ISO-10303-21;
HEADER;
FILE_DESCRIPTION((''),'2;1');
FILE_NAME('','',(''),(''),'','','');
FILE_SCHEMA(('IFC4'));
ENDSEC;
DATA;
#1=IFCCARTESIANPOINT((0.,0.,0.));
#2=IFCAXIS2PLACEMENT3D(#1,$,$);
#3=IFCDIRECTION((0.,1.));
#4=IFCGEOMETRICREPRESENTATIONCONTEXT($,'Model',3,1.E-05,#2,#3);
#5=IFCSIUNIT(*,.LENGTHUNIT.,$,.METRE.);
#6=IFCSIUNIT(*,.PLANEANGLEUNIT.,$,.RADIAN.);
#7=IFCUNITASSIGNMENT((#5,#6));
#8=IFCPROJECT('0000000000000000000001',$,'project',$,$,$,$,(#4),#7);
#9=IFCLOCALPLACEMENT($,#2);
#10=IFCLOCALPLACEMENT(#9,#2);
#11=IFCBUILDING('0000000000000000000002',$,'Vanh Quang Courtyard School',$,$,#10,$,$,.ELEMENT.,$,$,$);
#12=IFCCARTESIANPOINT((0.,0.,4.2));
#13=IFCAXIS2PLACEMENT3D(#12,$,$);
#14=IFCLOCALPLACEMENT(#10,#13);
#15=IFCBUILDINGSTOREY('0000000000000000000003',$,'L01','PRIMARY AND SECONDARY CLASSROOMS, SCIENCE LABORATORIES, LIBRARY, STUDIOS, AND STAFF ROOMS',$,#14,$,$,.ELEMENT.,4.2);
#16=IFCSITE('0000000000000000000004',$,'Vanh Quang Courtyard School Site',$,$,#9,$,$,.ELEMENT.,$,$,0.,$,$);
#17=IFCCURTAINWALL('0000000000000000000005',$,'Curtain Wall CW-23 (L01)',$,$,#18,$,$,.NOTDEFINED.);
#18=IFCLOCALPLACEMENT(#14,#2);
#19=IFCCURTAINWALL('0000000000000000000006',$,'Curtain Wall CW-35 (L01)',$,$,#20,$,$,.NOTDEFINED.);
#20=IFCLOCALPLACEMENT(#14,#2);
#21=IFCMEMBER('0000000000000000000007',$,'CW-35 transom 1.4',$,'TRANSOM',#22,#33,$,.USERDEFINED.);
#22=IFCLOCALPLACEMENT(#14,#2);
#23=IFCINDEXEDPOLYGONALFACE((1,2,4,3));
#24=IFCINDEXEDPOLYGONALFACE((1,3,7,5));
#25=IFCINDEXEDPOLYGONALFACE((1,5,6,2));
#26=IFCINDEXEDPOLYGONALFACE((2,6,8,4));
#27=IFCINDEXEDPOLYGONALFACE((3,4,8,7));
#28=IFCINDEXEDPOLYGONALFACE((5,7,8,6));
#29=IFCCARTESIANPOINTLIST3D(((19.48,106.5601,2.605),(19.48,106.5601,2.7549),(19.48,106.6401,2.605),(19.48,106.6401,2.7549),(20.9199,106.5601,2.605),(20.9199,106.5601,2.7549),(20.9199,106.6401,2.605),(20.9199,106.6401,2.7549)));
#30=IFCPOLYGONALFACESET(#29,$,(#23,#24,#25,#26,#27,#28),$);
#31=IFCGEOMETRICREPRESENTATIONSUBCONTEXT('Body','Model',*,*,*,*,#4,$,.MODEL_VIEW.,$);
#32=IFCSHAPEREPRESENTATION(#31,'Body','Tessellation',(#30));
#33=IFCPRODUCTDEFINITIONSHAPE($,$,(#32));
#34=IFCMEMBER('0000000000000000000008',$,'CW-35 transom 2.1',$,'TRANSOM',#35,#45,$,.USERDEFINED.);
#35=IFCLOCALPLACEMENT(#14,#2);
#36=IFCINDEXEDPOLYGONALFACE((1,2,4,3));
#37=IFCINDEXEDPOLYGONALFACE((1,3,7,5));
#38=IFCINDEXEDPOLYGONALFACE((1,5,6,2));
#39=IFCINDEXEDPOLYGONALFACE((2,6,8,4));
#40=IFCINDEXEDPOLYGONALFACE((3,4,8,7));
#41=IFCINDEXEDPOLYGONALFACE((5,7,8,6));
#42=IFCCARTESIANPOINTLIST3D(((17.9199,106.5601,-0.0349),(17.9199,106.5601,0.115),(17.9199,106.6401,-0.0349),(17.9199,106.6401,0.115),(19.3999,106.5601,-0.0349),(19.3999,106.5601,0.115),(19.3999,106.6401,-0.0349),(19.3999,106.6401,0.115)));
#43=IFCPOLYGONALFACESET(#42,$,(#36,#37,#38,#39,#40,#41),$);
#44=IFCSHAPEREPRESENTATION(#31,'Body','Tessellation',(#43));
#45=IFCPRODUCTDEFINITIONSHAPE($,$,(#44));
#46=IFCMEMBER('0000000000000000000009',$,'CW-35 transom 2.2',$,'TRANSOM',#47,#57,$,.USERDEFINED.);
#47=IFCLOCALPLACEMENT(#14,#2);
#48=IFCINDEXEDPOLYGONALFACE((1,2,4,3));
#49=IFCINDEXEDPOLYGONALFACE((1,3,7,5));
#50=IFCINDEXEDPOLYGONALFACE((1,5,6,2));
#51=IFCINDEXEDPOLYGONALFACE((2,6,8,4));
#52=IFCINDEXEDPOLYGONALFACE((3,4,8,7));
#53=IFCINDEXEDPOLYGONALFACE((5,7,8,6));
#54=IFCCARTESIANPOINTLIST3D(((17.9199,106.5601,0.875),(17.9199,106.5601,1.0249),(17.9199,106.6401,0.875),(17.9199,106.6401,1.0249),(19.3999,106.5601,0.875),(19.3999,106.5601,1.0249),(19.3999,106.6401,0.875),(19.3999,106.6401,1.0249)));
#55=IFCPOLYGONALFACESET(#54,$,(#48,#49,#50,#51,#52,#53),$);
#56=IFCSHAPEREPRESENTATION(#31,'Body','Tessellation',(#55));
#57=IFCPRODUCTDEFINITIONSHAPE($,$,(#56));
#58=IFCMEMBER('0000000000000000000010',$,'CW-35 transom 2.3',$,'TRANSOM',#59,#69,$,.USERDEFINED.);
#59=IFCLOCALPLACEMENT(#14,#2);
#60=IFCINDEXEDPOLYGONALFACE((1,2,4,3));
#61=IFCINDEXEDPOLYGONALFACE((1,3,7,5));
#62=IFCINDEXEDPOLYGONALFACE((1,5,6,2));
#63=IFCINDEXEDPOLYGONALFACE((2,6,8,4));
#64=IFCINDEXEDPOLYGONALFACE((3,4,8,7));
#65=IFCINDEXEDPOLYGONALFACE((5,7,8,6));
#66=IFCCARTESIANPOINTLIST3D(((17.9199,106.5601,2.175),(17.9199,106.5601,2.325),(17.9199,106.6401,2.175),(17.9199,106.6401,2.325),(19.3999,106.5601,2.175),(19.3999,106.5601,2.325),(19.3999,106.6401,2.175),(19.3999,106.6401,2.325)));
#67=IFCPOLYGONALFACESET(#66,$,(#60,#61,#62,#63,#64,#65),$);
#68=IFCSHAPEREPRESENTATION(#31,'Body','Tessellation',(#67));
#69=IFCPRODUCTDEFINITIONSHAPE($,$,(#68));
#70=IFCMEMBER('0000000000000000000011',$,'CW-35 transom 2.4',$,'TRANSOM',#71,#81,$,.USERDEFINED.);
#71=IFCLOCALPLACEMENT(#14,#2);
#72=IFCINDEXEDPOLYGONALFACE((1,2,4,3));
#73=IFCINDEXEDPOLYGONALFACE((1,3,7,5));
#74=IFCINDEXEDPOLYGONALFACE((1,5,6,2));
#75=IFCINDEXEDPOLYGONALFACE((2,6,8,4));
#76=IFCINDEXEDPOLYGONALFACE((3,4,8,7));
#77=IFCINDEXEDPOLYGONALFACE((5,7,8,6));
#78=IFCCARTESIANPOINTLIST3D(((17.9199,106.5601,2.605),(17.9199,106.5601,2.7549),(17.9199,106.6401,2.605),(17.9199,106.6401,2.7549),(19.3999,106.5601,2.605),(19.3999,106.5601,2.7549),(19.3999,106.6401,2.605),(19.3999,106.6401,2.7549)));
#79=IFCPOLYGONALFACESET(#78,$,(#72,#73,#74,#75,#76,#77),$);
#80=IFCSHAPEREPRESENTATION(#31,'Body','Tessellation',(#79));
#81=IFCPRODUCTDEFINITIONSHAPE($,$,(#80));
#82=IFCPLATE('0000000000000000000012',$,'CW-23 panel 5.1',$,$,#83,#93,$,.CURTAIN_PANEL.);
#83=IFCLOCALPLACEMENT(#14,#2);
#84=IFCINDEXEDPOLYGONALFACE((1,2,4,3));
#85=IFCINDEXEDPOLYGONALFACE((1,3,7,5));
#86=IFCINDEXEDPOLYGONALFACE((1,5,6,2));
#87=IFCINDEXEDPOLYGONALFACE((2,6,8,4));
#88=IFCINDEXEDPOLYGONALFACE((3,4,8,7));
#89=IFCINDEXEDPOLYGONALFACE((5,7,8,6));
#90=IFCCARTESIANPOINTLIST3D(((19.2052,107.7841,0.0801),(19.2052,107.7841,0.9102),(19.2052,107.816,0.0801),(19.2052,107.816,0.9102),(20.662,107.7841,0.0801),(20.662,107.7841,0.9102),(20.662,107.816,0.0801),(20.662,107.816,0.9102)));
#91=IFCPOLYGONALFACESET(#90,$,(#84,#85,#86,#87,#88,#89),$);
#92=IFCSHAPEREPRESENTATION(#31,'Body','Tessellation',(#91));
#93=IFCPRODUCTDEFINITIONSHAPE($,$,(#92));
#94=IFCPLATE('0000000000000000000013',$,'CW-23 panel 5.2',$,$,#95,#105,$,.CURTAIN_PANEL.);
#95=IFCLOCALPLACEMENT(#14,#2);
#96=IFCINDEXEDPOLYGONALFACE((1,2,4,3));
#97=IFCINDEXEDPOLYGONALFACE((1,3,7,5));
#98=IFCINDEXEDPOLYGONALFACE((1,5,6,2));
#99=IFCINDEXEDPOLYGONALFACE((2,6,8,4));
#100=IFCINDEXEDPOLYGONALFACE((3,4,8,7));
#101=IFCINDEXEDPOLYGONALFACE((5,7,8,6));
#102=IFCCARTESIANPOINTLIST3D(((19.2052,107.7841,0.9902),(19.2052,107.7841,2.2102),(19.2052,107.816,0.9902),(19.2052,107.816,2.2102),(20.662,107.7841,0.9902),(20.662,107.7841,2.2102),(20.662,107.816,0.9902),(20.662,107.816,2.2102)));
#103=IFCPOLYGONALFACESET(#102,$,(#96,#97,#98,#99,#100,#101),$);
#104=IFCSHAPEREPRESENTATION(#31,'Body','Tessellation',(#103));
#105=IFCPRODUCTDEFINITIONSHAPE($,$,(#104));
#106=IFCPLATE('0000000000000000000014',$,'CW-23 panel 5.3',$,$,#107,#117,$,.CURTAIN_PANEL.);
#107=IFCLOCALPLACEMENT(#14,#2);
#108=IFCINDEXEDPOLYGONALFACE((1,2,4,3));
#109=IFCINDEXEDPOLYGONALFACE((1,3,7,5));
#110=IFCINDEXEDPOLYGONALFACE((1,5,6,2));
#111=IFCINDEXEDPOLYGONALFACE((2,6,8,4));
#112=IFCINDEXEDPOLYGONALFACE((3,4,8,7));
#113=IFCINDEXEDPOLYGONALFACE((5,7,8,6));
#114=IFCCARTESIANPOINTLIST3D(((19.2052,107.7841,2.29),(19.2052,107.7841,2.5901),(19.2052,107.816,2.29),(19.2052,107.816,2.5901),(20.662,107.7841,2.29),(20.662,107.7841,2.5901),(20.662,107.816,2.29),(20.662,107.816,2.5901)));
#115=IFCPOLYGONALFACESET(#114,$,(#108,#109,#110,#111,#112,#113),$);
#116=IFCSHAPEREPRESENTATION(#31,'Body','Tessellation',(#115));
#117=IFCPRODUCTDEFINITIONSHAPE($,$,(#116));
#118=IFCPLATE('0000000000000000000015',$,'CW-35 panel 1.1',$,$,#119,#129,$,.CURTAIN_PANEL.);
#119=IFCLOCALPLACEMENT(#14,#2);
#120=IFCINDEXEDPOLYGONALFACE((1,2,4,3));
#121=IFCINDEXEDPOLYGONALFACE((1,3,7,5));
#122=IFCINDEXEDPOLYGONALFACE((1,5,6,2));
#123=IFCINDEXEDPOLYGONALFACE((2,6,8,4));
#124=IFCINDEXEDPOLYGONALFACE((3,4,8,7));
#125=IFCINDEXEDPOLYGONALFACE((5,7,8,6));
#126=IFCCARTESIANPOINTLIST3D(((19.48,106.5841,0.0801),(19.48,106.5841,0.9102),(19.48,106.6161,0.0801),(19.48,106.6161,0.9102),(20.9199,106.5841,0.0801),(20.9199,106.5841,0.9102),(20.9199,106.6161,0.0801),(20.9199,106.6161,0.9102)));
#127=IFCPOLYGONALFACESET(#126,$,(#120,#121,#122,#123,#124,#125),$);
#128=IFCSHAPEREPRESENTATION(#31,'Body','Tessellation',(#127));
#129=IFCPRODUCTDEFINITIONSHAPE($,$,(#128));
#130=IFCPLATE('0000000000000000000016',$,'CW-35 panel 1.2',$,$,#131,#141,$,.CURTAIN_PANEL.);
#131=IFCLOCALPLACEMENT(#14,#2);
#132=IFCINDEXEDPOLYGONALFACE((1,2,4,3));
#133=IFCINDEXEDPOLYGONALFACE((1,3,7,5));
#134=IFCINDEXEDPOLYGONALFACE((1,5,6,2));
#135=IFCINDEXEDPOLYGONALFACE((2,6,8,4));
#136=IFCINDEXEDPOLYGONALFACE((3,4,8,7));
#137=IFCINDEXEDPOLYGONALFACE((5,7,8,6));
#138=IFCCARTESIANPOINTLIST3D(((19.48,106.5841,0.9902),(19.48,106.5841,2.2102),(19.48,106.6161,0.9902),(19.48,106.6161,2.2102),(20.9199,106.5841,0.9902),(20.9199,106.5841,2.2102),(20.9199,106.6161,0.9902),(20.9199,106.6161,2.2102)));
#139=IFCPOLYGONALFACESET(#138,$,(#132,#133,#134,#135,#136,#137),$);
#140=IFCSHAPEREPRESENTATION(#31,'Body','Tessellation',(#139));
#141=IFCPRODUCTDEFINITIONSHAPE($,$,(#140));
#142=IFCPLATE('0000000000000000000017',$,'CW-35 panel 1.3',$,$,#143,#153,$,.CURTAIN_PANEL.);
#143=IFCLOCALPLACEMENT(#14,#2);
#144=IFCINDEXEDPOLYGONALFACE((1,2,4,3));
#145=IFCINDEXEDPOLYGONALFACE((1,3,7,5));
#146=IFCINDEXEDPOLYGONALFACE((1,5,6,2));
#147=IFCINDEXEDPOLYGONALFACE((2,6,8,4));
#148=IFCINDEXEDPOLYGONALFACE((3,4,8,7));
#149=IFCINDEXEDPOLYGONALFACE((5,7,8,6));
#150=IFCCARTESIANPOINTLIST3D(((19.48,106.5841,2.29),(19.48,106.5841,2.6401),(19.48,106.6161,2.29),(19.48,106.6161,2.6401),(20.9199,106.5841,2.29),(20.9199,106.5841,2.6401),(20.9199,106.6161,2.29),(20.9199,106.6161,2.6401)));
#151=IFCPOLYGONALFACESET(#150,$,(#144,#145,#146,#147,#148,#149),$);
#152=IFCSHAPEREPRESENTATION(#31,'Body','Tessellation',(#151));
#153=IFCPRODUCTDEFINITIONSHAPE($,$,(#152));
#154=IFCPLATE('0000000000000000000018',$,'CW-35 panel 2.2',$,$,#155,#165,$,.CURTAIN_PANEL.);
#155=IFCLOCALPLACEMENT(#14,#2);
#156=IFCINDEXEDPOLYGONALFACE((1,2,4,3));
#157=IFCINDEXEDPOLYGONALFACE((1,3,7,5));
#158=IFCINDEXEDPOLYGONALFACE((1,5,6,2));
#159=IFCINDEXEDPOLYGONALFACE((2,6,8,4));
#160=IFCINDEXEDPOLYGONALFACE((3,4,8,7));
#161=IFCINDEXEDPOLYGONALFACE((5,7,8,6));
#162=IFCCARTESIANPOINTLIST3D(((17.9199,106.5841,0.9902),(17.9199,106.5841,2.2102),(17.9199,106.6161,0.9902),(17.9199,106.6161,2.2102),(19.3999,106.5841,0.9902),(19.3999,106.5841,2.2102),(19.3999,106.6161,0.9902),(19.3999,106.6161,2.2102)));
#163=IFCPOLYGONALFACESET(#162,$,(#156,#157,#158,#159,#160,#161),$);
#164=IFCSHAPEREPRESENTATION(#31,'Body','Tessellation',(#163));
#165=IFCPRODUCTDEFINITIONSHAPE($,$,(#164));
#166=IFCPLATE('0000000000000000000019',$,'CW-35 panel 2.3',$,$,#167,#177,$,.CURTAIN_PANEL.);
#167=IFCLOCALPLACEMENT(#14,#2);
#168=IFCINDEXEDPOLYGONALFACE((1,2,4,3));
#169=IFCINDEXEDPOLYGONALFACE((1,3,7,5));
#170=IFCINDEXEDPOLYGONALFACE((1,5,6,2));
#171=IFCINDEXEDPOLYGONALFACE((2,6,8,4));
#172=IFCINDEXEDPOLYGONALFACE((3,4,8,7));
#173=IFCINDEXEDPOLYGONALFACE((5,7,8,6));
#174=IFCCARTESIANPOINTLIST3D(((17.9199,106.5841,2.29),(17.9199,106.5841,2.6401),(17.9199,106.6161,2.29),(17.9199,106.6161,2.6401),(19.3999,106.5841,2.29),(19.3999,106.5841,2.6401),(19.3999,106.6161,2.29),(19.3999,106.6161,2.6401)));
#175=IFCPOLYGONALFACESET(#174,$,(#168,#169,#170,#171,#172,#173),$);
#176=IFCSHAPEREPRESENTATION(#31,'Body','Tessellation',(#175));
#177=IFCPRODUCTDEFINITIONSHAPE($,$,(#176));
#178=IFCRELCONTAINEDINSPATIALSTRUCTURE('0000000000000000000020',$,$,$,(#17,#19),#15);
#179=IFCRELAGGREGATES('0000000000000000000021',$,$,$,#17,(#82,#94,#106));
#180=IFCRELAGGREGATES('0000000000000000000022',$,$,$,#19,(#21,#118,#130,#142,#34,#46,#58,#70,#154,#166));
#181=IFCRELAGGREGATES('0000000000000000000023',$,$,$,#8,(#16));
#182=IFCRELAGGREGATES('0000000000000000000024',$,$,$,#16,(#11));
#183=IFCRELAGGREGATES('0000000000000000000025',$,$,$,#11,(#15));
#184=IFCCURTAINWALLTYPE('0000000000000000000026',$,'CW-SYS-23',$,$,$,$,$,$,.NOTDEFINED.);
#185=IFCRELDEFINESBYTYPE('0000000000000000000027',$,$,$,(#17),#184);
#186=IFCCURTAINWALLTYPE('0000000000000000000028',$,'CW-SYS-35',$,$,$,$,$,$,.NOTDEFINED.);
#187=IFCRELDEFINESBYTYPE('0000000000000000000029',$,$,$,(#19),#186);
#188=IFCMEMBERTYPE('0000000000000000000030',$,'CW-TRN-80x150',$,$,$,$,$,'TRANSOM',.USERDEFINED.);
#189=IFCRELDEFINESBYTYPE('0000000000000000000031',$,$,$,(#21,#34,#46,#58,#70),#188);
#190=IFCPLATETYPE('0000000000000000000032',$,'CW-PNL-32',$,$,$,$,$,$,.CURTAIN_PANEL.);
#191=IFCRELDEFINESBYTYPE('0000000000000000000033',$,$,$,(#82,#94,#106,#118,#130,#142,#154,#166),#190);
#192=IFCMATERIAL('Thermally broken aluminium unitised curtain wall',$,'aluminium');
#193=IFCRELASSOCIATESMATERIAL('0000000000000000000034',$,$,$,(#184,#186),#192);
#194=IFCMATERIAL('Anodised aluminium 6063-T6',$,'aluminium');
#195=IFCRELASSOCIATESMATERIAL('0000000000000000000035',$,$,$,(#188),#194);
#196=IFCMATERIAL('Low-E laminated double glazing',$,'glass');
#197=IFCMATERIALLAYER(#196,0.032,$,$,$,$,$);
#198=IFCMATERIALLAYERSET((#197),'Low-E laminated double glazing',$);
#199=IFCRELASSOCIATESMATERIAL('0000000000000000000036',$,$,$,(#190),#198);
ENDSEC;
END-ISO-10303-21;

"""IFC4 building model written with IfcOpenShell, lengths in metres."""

from ifc_helpers import new_model, si_unit, direction, frame, origin, origin_2d, place, context, subcontext, project, spatial, rectangle, extrude, material, layer, layer_set, material_profile, profile_set, type_object, element, aggregate, save


model = new_model("IFC4")

# Units and contexts
model_context = context("Model", 3, precision=1e-05, world=origin(), true_north=direction((0.0, 1.0)))
body_context = subcontext(model_context, "Body", "Model", "MODEL_VIEW")
ifc_project = project(units=[si_unit("LENGTHUNIT", "METRE"), si_unit("PLANEANGLEUNIT", "RADIAN")], contexts=[model_context])

# Site, building, storey
site_placement = place(None, origin())
site = spatial("IfcSite", under=ifc_project, at=site_placement, Name="Vanh Quang Courtyard School Site", CompositionType="ELEMENT", RefElevation=0.0)
building_placement = place(site_placement, origin())
building = spatial("IfcBuilding", under=site, at=building_placement, Name="Vanh Quang Courtyard School", CompositionType="ELEMENT")
storey_placement = place(building_placement, frame((0.0, 0.0, 4.2)))
storey = spatial("IfcBuildingStorey", under=building, at=storey_placement, Name="L01", Description="PRIMARY AND SECONDARY CLASSROOMS, SCIENCE LABORATORIES, LIBRARY, STUDIOS, AND STAFF ROOMS", CompositionType="ELEMENT", Elevation=4.2)

# Curtain walls
ifc_material_1 = material(Name="Thermally broken aluminium unitised curtain wall", Category="aluminium")
curtain_wall_type_1 = type_object("IfcCurtainWallType", Name="CW-SYS-23", PredefinedType="NOTDEFINED", material=ifc_material_1)
curtain_wall_1_placement = place(storey_placement, origin())
curtain_wall_1 = element("IfcCurtainWall", 1, at=curtain_wall_1_placement, inside=storey, type_object=curtain_wall_type_1, Name="Curtain Wall CW-23 (L01)", PredefinedType="NOTDEFINED")
ifc_material_2 = material(Name="Anodised aluminium 6063-T6", Category="aluminium")
curtain_wall_type_2 = type_object("IfcCurtainWallType", Name="CW-SYS-35", PredefinedType="NOTDEFINED", material=ifc_material_1)
curtain_wall_2_placement = place(storey_placement, origin())
curtain_wall_2 = element("IfcCurtainWall", 2, at=curtain_wall_2_placement, inside=storey, type_object=curtain_wall_type_2, Name="Curtain Wall CW-35 (L01)", PredefinedType="NOTDEFINED")

# Members
ifc_material_profile_1 = material_profile(ifc_material_2, rectangle(XDim=0.0801, YDim=0.1499, at=origin_2d()), Name="ALU-TRN 80x150")
ifc_profile_set_1 = profile_set([ifc_material_profile_1], Name="Anodised aluminium 6063-T6")
member_type_1 = type_object("IfcMemberType", Name="CW-TRN-80x150", ElementType="TRANSOM", PredefinedType="USERDEFINED", material=ifc_profile_set_1)
member_1_placement = place(storey_placement, frame((20.9199, 106.6001, 2.6799), z_axis=(-1.0, 0.0, 0.0), x_axis=(0.0, -1.0, 0.0)))
member_1 = element("IfcMember", 3, at=member_1_placement, type_object=member_type_1, Name="CW-35 transom 1.4", ObjectType="TRANSOM", PredefinedType="USERDEFINED", context=body_context, shape_type="SweptSolid", body=[
    extrude(rectangle(XDim=0.0801, YDim=0.1499, at=origin_2d()), origin(), (0.0, 0.0, 1.0), 1.4399),
])
member_2_placement = place(storey_placement, frame((19.3999, 106.6001, 0.04), z_axis=(-1.0, 0.0, 0.0), x_axis=(0.0, -1.0, 0.0)))
member_2 = element("IfcMember", 4, at=member_2_placement, type_object=member_type_1, Name="CW-35 transom 2.1", ObjectType="TRANSOM", PredefinedType="USERDEFINED", context=body_context, shape_type="SweptSolid", body=[
    extrude(rectangle(XDim=0.0801, YDim=0.1499, at=origin_2d()), origin(), (0.0, 0.0, 1.0), 1.48),
])
member_3_placement = place(storey_placement, frame((19.3999, 106.6001, 0.95), z_axis=(-1.0, 0.0, 0.0), x_axis=(0.0, -1.0, 0.0)))
member_3 = element("IfcMember", 5, at=member_3_placement, type_object=member_type_1, Name="CW-35 transom 2.2", ObjectType="TRANSOM", PredefinedType="USERDEFINED", context=body_context, shape_type="SweptSolid", body=[
    extrude(rectangle(XDim=0.0801, YDim=0.1499, at=origin_2d()), origin(), (0.0, 0.0, 1.0), 1.48),
])
member_4_placement = place(storey_placement, frame((19.3999, 106.6001, 2.25), z_axis=(-1.0, 0.0, 0.0), x_axis=(0.0, -1.0, 0.0)))
member_4 = element("IfcMember", 6, at=member_4_placement, type_object=member_type_1, Name="CW-35 transom 2.3", ObjectType="TRANSOM", PredefinedType="USERDEFINED", context=body_context, shape_type="SweptSolid", body=[
    extrude(rectangle(XDim=0.0801, YDim=0.1499, at=origin_2d()), origin(), (0.0, 0.0, 1.0), 1.48),
])
member_5_placement = place(storey_placement, frame((19.3999, 106.6001, 2.6799), z_axis=(-1.0, 0.0, 0.0), x_axis=(0.0, -1.0, 0.0)))
member_5 = element("IfcMember", 7, at=member_5_placement, type_object=member_type_1, Name="CW-35 transom 2.4", ObjectType="TRANSOM", PredefinedType="USERDEFINED", context=body_context, shape_type="SweptSolid", body=[
    extrude(rectangle(XDim=0.0801, YDim=0.1499, at=origin_2d()), origin(), (0.0, 0.0, 1.0), 1.48),
])

# Plates
ifc_material_3 = material(Name="Low-E laminated double glazing", Category="glass")
ifc_layer_1 = layer(ifc_material_3, 0.032)
ifc_layer_set_1 = layer_set([ifc_layer_1], Name="Low-E laminated double glazing")
plate_type = type_object("IfcPlateType", Name="CW-PNL-32", PredefinedType="CURTAIN_PANEL", material=ifc_layer_set_1)
plate_1_placement = place(storey_placement, frame((19.9336, 107.8, 0.0801), z_axis=(0.0, 0.0, 1.0), x_axis=(1.0, 0.0, 0.0)))
plate_1 = element("IfcPlate", 8, at=plate_1_placement, type_object=plate_type, Name="CW-23 panel 5.1", PredefinedType="CURTAIN_PANEL", context=body_context, shape_type="SweptSolid", body=[
    extrude(rectangle(XDim=1.4568, YDim=0.032, at=origin_2d()), origin(), (0.0, 0.0, 1.0), 0.8301),
])
plate_2_placement = place(storey_placement, frame((19.9336, 107.8, 0.9902), z_axis=(0.0, 0.0, 1.0), x_axis=(1.0, 0.0, 0.0)))
plate_2 = element("IfcPlate", 9, at=plate_2_placement, type_object=plate_type, Name="CW-23 panel 5.2", PredefinedType="CURTAIN_PANEL", context=body_context, shape_type="SweptSolid", body=[
    extrude(rectangle(XDim=1.4568, YDim=0.032, at=origin_2d()), origin(), (0.0, 0.0, 1.0), 1.22),
])
plate_3_placement = place(storey_placement, frame((19.9336, 107.8, 2.29), z_axis=(0.0, 0.0, 1.0), x_axis=(1.0, 0.0, 0.0)))
plate_3 = element("IfcPlate", 10, at=plate_3_placement, type_object=plate_type, Name="CW-23 panel 5.3", PredefinedType="CURTAIN_PANEL", context=body_context, shape_type="SweptSolid", body=[
    extrude(rectangle(XDim=1.4568, YDim=0.032, at=origin_2d()), origin(), (0.0, 0.0, 1.0), 0.3),
])
aggregate(curtain_wall_1, [plate_1, plate_2, plate_3])
plate_4_placement = place(storey_placement, frame((20.2, 106.6001, 0.0801), z_axis=(0.0, 0.0, 1.0), x_axis=(-1.0, 0.0, 0.0)))
plate_4 = element("IfcPlate", 11, at=plate_4_placement, type_object=plate_type, Name="CW-35 panel 1.1", PredefinedType="CURTAIN_PANEL", context=body_context, shape_type="SweptSolid", body=[
    extrude(rectangle(XDim=1.4399, YDim=0.032, at=origin_2d()), origin(), (0.0, 0.0, 1.0), 0.8301),
])
plate_5_placement = place(storey_placement, frame((20.2, 106.6001, 0.9902), z_axis=(0.0, 0.0, 1.0), x_axis=(-1.0, 0.0, 0.0)))
plate_5 = element("IfcPlate", 12, at=plate_5_placement, type_object=plate_type, Name="CW-35 panel 1.2", PredefinedType="CURTAIN_PANEL", context=body_context, shape_type="SweptSolid", body=[
    extrude(rectangle(XDim=1.4399, YDim=0.032, at=origin_2d()), origin(), (0.0, 0.0, 1.0), 1.22),
])
plate_6_placement = place(storey_placement, frame((20.2, 106.6001, 2.29), z_axis=(0.0, 0.0, 1.0), x_axis=(-1.0, 0.0, 0.0)))
plate_6 = element("IfcPlate", 13, at=plate_6_placement, type_object=plate_type, Name="CW-35 panel 1.3", PredefinedType="CURTAIN_PANEL", context=body_context, shape_type="SweptSolid", body=[
    extrude(rectangle(XDim=1.4399, YDim=0.032, at=origin_2d()), origin(), (0.0, 0.0, 1.0), 0.3501),
])
plate_7_placement = place(storey_placement, frame((18.6599, 106.6001, 0.9902), z_axis=(0.0, 0.0, 1.0), x_axis=(-1.0, 0.0, 0.0)))
plate_7 = element("IfcPlate", 14, at=plate_7_placement, type_object=plate_type, Name="CW-35 panel 2.2", PredefinedType="CURTAIN_PANEL", context=body_context, shape_type="SweptSolid", body=[
    extrude(rectangle(XDim=1.48, YDim=0.032, at=origin_2d()), origin(), (0.0, 0.0, 1.0), 1.22),
])
plate_8_placement = place(storey_placement, frame((18.6599, 106.6001, 2.29), z_axis=(0.0, 0.0, 1.0), x_axis=(-1.0, 0.0, 0.0)))
plate_8 = element("IfcPlate", 15, at=plate_8_placement, type_object=plate_type, Name="CW-35 panel 2.3", PredefinedType="CURTAIN_PANEL", context=body_context, shape_type="SweptSolid", body=[
    extrude(rectangle(XDim=1.48, YDim=0.032, at=origin_2d()), origin(), (0.0, 0.0, 1.0), 0.3501),
])
aggregate(curtain_wall_2, [member_1, plate_4, plate_5, plate_6, member_2, member_3, member_4, member_5, plate_7, plate_8])

save(model, "model.ifc")
